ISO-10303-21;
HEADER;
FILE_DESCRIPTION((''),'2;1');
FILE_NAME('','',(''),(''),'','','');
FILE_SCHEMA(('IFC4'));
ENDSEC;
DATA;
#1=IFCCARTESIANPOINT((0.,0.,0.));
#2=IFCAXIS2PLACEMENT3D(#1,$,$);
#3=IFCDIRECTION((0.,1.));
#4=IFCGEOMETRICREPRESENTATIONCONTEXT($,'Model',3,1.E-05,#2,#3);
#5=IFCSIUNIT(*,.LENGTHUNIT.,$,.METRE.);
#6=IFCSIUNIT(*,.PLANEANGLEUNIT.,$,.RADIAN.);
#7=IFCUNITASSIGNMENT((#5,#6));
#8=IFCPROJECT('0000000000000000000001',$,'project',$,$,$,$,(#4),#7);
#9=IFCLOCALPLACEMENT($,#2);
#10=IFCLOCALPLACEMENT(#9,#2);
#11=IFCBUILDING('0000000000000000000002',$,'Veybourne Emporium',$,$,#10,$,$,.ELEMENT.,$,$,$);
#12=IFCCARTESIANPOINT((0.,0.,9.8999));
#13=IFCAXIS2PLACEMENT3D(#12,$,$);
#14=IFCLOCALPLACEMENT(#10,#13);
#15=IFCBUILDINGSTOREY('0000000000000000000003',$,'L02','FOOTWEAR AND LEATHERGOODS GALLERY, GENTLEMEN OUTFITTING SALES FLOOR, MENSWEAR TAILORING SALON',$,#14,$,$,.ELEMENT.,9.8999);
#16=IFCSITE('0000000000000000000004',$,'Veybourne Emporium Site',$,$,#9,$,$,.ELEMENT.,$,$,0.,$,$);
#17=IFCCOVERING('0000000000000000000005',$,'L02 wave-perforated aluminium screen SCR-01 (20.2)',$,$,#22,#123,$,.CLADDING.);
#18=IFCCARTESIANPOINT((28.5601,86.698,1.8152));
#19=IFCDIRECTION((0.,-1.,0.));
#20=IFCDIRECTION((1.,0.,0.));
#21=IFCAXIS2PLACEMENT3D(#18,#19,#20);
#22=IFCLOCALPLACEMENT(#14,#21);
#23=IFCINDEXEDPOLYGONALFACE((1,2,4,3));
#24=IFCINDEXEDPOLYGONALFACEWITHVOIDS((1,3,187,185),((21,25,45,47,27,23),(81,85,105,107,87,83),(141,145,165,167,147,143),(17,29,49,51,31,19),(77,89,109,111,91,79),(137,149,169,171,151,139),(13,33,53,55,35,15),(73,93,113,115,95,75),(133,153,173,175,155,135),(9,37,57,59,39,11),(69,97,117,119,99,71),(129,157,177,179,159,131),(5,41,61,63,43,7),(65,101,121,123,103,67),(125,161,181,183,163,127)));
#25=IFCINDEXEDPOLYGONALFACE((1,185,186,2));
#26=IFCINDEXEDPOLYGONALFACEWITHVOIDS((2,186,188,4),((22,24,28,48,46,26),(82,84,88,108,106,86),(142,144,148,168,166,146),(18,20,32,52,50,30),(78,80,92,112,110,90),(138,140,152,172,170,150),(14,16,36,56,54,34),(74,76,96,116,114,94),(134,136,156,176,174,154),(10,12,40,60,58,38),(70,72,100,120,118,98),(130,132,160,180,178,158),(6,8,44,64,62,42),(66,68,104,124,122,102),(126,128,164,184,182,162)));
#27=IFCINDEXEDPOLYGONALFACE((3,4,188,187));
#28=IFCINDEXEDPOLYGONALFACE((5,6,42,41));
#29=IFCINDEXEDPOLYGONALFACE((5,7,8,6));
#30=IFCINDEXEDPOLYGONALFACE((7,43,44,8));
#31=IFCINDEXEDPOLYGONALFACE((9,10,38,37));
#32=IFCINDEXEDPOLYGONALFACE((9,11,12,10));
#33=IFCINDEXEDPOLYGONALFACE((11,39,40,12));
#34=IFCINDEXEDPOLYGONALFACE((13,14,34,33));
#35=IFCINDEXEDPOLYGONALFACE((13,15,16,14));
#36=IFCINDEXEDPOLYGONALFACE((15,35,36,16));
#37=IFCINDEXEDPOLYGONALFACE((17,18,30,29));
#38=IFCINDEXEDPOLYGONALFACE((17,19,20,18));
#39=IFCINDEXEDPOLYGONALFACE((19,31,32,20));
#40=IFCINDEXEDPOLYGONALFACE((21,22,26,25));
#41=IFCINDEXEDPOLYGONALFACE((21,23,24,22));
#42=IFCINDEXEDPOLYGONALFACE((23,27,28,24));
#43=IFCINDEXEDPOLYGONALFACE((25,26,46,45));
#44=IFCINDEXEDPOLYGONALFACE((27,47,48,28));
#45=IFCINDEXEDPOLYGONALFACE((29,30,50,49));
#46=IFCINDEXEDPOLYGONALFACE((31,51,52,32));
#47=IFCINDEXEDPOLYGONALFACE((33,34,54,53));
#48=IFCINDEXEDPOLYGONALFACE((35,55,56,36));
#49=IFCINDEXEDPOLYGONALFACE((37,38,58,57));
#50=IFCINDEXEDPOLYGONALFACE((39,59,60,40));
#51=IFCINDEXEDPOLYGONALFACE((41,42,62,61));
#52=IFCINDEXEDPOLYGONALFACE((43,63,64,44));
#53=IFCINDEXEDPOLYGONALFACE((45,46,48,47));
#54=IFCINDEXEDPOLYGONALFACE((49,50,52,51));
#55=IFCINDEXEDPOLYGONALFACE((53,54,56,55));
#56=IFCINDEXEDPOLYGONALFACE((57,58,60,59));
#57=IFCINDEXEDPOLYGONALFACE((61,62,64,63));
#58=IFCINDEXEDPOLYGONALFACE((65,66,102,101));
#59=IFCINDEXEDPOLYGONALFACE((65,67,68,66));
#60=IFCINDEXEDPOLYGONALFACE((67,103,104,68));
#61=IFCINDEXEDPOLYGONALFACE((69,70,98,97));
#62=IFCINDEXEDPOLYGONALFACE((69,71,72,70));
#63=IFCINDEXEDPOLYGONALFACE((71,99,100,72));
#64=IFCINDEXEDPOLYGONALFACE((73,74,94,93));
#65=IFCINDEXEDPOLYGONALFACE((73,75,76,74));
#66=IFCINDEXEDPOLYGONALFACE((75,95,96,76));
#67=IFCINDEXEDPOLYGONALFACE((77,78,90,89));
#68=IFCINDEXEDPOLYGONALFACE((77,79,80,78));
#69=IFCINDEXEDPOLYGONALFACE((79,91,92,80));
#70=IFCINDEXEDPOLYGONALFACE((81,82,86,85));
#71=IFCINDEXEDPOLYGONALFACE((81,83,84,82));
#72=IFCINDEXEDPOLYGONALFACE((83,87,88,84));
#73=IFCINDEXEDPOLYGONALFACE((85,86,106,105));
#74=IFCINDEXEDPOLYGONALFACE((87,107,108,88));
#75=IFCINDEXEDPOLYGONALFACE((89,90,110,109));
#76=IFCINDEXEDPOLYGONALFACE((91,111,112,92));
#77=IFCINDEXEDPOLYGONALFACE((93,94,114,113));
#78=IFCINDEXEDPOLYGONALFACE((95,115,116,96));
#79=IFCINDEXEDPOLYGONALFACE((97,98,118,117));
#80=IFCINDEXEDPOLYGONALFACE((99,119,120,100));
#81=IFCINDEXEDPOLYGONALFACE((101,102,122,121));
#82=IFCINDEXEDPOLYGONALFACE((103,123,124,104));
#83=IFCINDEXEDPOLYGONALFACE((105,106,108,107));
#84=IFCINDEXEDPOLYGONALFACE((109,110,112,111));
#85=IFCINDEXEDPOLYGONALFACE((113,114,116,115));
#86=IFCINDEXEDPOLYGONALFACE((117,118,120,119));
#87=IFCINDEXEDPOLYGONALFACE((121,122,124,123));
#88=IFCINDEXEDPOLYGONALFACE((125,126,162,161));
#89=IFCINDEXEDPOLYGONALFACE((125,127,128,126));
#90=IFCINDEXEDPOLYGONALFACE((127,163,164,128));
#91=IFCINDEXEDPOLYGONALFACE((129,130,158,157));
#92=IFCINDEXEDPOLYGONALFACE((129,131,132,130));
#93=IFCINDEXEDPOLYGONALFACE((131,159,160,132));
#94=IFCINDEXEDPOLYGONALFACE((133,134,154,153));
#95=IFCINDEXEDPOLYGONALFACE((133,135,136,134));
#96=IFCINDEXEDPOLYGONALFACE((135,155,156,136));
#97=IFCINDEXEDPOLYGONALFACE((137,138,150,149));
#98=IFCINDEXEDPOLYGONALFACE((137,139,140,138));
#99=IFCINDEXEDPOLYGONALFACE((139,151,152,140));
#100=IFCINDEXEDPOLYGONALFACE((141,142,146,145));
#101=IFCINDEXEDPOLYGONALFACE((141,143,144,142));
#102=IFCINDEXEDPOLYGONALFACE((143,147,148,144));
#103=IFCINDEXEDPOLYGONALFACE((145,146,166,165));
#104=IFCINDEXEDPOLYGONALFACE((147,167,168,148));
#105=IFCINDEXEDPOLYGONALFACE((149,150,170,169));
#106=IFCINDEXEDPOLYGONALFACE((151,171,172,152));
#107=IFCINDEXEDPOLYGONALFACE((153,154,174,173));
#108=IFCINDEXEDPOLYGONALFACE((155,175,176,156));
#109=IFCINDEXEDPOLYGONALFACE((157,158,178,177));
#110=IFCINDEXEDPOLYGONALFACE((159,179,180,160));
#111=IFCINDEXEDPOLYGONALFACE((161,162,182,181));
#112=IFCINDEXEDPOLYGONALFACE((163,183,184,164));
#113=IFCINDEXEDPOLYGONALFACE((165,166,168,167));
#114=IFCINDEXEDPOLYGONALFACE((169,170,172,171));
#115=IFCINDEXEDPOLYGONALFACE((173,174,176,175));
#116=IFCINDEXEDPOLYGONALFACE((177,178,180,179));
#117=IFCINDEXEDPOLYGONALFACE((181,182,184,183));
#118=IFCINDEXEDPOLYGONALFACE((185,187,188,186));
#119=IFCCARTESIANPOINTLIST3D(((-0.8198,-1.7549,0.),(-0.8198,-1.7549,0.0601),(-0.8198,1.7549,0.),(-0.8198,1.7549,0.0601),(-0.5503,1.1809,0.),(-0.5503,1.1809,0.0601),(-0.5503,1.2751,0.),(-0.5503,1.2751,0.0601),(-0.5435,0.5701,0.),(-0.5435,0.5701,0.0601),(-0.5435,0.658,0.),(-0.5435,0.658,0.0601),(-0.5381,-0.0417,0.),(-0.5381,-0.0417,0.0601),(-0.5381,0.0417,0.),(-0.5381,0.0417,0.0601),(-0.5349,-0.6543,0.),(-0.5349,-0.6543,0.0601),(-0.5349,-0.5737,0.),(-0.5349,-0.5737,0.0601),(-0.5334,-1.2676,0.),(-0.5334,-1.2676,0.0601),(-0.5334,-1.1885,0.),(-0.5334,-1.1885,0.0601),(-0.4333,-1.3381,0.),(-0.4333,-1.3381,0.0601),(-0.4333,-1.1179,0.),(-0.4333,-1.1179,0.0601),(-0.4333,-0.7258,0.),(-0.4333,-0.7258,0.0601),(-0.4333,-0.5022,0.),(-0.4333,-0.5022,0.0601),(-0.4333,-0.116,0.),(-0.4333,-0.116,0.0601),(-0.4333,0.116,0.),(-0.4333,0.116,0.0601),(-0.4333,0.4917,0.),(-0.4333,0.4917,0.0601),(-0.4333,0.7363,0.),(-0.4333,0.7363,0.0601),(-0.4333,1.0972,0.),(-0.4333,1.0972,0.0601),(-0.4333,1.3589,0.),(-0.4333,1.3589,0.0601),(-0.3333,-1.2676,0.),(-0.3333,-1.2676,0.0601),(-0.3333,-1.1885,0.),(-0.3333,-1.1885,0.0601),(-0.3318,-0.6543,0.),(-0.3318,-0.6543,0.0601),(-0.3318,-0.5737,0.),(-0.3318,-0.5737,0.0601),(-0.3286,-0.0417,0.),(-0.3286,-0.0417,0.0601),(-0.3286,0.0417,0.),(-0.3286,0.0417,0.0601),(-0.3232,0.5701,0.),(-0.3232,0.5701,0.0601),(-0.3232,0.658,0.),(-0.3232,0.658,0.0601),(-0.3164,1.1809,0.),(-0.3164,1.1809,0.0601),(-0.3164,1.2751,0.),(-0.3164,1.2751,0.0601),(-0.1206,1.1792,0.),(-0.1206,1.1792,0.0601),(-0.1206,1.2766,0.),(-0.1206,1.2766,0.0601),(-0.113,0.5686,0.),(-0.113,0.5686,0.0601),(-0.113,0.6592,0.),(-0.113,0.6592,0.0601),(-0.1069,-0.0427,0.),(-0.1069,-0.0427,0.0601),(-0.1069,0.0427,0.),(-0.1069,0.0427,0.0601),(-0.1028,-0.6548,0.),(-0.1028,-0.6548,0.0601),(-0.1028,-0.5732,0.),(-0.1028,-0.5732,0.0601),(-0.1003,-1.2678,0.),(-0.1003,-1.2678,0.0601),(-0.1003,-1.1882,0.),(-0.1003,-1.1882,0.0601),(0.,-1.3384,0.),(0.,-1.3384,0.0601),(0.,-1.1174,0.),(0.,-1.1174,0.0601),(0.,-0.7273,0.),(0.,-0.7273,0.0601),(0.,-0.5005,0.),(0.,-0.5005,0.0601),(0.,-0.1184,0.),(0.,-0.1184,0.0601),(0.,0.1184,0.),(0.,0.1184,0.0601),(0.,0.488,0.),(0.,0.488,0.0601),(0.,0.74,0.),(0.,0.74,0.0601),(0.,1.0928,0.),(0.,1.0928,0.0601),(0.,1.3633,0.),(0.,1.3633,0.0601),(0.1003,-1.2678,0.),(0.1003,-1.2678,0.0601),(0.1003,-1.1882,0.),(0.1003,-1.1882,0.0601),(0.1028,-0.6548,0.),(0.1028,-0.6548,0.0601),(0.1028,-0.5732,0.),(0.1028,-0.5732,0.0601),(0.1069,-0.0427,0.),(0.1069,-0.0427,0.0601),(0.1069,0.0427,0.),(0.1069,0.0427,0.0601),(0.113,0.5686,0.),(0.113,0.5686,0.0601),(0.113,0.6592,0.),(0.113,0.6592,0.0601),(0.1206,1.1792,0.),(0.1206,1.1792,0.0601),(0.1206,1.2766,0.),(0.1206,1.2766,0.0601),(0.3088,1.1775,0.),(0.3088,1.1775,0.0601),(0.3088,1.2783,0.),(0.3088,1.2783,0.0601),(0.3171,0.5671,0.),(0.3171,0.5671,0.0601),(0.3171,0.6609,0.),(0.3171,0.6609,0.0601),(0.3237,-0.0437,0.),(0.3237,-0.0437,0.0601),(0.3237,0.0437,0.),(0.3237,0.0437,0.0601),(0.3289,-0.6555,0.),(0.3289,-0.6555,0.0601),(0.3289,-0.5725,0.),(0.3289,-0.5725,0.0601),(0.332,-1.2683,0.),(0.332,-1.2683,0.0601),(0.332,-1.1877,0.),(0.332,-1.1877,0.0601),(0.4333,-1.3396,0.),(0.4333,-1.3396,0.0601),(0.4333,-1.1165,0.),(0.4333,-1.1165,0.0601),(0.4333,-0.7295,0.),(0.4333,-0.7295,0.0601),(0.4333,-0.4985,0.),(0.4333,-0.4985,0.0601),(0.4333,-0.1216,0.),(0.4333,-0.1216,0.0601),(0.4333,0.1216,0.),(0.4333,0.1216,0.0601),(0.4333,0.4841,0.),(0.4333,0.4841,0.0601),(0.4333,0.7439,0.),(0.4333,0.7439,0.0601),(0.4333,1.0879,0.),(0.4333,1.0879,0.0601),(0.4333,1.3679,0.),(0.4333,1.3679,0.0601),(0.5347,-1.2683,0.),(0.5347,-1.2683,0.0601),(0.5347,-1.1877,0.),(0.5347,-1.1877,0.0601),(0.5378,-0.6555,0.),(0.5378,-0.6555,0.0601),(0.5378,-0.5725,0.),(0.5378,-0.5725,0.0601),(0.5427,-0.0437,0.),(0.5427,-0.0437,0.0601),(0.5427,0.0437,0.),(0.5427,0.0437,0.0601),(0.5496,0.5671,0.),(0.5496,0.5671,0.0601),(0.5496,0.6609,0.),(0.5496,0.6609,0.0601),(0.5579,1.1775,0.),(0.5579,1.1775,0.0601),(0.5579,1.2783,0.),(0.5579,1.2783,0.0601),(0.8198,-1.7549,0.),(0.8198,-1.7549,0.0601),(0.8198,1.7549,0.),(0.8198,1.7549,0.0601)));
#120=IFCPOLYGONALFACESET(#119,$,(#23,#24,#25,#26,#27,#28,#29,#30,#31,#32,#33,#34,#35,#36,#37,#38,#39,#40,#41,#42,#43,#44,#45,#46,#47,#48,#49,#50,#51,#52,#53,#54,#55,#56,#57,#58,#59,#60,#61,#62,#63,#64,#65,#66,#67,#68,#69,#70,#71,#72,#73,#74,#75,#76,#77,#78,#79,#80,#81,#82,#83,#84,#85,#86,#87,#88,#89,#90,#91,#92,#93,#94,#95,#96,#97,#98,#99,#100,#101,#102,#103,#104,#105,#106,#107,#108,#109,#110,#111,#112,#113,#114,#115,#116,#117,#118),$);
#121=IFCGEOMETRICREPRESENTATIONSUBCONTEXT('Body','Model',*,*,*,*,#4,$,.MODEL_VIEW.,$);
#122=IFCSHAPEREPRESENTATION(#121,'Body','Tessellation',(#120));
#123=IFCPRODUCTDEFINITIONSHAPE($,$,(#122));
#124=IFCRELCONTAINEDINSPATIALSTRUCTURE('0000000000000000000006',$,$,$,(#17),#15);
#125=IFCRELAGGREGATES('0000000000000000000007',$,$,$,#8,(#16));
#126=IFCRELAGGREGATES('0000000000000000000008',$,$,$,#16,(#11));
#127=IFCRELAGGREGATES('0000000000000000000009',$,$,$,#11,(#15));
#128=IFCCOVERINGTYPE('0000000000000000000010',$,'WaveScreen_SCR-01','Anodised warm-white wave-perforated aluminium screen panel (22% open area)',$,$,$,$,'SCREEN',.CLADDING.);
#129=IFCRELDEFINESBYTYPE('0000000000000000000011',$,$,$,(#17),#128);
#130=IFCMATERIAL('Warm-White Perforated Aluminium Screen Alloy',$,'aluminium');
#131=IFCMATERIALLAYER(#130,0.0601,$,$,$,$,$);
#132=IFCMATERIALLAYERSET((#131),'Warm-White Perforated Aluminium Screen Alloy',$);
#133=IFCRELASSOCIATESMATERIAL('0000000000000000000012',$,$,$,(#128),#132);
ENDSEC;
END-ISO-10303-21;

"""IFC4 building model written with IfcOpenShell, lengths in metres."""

from ifc_helpers import new_model, si_unit, direction, frame, origin, place, context, subcontext, project, spatial, polyline, outline, extrude, material, layer, layer_set, type_object, element, save


model = new_model("IFC4")

# Units and contexts
model_context = context("Model", 3, precision=1e-05, world=origin(), true_north=direction((0.0, 1.0)))
body_context = subcontext(model_context, "Body", "Model", "MODEL_VIEW")
ifc_project = project(units=[si_unit("LENGTHUNIT", "METRE"), si_unit("PLANEANGLEUNIT", "RADIAN")], contexts=[model_context])

# Site, building, storey
site_placement = place(None, origin())
site = spatial("IfcSite", under=ifc_project, at=site_placement, Name="Veybourne Emporium Site", CompositionType="ELEMENT", RefElevation=0.0)
building_placement = place(site_placement, origin())
building = spatial("IfcBuilding", under=site, at=building_placement, Name="Veybourne Emporium", CompositionType="ELEMENT")
storey_placement = place(building_placement, frame((0.0, 0.0, 9.8999)))
storey = spatial("IfcBuildingStorey", under=building, at=storey_placement, Name="L02", Description="FOOTWEAR AND LEATHERGOODS GALLERY, GENTLEMEN OUTFITTING SALES FLOOR, MENSWEAR TAILORING SALON", CompositionType="ELEMENT", Elevation=9.8999)

# Covering
ifc_material_1 = material(Name="Warm-White Perforated Aluminium Screen Alloy", Category="aluminium")
ifc_layer_1 = layer(ifc_material_1, 0.0601)
ifc_layer_set_1 = layer_set([ifc_layer_1], Name="Warm-White Perforated Aluminium Screen Alloy")
covering_type_1 = type_object("IfcCoveringType", Name="WaveScreen_SCR-01", Description="Anodised warm-white wave-perforated aluminium screen panel (22% open area)", ElementType="SCREEN", PredefinedType="CLADDING", material=ifc_layer_set_1)
covering_1_placement = place(storey_placement, frame((28.5601, 86.698, 1.8152), z_axis=(0.0, -1.0, 0.0), x_axis=(1.0, 0.0, 0.0)))
element("IfcCovering", 1, at=covering_1_placement, inside=storey, type_object=covering_type_1, Name="L02 wave-perforated aluminium screen SCR-01 (20.2)", PredefinedType="CLADDING", context=body_context, shape_type="SweptSolid", body=[
    extrude(outline(polyline([(-0.8198, -1.7549), (0.8198, -1.7549), (0.8198, 1.7549), (-0.8198, 1.7549), (-0.8198, -1.7549)]), holes=[polyline([(-0.4333, -1.1179), (-0.3333, -1.1885), (-0.3333, -1.2676), (-0.4333, -1.3381), (-0.5334, -1.2676), (-0.5334, -1.1885), (-0.4333, -1.1179)]), polyline([(-0.4333, -0.5022), (-0.3318, -0.5737), (-0.3318, -0.6543), (-0.4333, -0.7258), (-0.5349, -0.6543), (-0.5349, -0.5737), (-0.4333, -0.5022)]), polyline([(-0.4333, 0.116), (-0.3286, 0.0417), (-0.3286, -0.0417), (-0.4333, -0.116), (-0.5381, -0.0417), (-0.5381, 0.0417), (-0.4333, 0.116)]), polyline([(-0.4333, 0.7363), (-0.3232, 0.658), (-0.3232, 0.5701), (-0.4333, 0.4917), (-0.5435, 0.5701), (-0.5435, 0.658), (-0.4333, 0.7363)]), polyline([(-0.4333, 1.3589), (-0.3164, 1.2751), (-0.3164, 1.1809), (-0.4333, 1.0972), (-0.5503, 1.1809), (-0.5503, 1.2751), (-0.4333, 1.3589)]), polyline([(0.0, -1.1174), (0.1003, -1.1882), (0.1003, -1.2678), (0.0, -1.3384), (-0.1003, -1.2678), (-0.1003, -1.1882), (0.0, -1.1174)]), polyline([(0.0, -0.5005), (0.1028, -0.5732), (0.1028, -0.6548), (0.0, -0.7273), (-0.1028, -0.6548), (-0.1028, -0.5732), (0.0, -0.5005)]), polyline([(0.0, 0.1184), (0.1069, 0.0427), (0.1069, -0.0427), (0.0, -0.1184), (-0.1069, -0.0427), (-0.1069, 0.0427), (0.0, 0.1184)]), polyline([(0.0, 0.74), (0.113, 0.6592), (0.113, 0.5686), (0.0, 0.488), (-0.113, 0.5686), (-0.113, 0.6592), (0.0, 0.74)]), polyline([(0.0, 1.3633), (0.1206, 1.2766), (0.1206, 1.1792), (0.0, 1.0928), (-0.1206, 1.1792), (-0.1206, 1.2766), (0.0, 1.3633)]), polyline([(0.4333, -1.1165), (0.5347, -1.1877), (0.5347, -1.2683), (0.4333, -1.3396), (0.332, -1.2683), (0.332, -1.1877), (0.4333, -1.1165)]), polyline([(0.4333, -0.4985), (0.5378, -0.5725), (0.5378, -0.6555), (0.4333, -0.7295), (0.3289, -0.6555), (0.3289, -0.5725), (0.4333, -0.4985)]), polyline([(0.4333, 0.1216), (0.5427, 0.0437), (0.5427, -0.0437), (0.4333, -0.1216), (0.3237, -0.0437), (0.3237, 0.0437), (0.4333, 0.1216)]), polyline([(0.4333, 0.7439), (0.5496, 0.6609), (0.5496, 0.5671), (0.4333, 0.4841), (0.3171, 0.5671), (0.3171, 0.6609), (0.4333, 0.7439)]), polyline([(0.4333, 1.3679), (0.5579, 1.2783), (0.5579, 1.1775), (0.4333, 1.0879), (0.3088, 1.1775), (0.3088, 1.2783), (0.4333, 1.3679)])]), origin(), (0.0, 0.0, 1.0), 0.0601),
])

save(model, "model.ifc")
